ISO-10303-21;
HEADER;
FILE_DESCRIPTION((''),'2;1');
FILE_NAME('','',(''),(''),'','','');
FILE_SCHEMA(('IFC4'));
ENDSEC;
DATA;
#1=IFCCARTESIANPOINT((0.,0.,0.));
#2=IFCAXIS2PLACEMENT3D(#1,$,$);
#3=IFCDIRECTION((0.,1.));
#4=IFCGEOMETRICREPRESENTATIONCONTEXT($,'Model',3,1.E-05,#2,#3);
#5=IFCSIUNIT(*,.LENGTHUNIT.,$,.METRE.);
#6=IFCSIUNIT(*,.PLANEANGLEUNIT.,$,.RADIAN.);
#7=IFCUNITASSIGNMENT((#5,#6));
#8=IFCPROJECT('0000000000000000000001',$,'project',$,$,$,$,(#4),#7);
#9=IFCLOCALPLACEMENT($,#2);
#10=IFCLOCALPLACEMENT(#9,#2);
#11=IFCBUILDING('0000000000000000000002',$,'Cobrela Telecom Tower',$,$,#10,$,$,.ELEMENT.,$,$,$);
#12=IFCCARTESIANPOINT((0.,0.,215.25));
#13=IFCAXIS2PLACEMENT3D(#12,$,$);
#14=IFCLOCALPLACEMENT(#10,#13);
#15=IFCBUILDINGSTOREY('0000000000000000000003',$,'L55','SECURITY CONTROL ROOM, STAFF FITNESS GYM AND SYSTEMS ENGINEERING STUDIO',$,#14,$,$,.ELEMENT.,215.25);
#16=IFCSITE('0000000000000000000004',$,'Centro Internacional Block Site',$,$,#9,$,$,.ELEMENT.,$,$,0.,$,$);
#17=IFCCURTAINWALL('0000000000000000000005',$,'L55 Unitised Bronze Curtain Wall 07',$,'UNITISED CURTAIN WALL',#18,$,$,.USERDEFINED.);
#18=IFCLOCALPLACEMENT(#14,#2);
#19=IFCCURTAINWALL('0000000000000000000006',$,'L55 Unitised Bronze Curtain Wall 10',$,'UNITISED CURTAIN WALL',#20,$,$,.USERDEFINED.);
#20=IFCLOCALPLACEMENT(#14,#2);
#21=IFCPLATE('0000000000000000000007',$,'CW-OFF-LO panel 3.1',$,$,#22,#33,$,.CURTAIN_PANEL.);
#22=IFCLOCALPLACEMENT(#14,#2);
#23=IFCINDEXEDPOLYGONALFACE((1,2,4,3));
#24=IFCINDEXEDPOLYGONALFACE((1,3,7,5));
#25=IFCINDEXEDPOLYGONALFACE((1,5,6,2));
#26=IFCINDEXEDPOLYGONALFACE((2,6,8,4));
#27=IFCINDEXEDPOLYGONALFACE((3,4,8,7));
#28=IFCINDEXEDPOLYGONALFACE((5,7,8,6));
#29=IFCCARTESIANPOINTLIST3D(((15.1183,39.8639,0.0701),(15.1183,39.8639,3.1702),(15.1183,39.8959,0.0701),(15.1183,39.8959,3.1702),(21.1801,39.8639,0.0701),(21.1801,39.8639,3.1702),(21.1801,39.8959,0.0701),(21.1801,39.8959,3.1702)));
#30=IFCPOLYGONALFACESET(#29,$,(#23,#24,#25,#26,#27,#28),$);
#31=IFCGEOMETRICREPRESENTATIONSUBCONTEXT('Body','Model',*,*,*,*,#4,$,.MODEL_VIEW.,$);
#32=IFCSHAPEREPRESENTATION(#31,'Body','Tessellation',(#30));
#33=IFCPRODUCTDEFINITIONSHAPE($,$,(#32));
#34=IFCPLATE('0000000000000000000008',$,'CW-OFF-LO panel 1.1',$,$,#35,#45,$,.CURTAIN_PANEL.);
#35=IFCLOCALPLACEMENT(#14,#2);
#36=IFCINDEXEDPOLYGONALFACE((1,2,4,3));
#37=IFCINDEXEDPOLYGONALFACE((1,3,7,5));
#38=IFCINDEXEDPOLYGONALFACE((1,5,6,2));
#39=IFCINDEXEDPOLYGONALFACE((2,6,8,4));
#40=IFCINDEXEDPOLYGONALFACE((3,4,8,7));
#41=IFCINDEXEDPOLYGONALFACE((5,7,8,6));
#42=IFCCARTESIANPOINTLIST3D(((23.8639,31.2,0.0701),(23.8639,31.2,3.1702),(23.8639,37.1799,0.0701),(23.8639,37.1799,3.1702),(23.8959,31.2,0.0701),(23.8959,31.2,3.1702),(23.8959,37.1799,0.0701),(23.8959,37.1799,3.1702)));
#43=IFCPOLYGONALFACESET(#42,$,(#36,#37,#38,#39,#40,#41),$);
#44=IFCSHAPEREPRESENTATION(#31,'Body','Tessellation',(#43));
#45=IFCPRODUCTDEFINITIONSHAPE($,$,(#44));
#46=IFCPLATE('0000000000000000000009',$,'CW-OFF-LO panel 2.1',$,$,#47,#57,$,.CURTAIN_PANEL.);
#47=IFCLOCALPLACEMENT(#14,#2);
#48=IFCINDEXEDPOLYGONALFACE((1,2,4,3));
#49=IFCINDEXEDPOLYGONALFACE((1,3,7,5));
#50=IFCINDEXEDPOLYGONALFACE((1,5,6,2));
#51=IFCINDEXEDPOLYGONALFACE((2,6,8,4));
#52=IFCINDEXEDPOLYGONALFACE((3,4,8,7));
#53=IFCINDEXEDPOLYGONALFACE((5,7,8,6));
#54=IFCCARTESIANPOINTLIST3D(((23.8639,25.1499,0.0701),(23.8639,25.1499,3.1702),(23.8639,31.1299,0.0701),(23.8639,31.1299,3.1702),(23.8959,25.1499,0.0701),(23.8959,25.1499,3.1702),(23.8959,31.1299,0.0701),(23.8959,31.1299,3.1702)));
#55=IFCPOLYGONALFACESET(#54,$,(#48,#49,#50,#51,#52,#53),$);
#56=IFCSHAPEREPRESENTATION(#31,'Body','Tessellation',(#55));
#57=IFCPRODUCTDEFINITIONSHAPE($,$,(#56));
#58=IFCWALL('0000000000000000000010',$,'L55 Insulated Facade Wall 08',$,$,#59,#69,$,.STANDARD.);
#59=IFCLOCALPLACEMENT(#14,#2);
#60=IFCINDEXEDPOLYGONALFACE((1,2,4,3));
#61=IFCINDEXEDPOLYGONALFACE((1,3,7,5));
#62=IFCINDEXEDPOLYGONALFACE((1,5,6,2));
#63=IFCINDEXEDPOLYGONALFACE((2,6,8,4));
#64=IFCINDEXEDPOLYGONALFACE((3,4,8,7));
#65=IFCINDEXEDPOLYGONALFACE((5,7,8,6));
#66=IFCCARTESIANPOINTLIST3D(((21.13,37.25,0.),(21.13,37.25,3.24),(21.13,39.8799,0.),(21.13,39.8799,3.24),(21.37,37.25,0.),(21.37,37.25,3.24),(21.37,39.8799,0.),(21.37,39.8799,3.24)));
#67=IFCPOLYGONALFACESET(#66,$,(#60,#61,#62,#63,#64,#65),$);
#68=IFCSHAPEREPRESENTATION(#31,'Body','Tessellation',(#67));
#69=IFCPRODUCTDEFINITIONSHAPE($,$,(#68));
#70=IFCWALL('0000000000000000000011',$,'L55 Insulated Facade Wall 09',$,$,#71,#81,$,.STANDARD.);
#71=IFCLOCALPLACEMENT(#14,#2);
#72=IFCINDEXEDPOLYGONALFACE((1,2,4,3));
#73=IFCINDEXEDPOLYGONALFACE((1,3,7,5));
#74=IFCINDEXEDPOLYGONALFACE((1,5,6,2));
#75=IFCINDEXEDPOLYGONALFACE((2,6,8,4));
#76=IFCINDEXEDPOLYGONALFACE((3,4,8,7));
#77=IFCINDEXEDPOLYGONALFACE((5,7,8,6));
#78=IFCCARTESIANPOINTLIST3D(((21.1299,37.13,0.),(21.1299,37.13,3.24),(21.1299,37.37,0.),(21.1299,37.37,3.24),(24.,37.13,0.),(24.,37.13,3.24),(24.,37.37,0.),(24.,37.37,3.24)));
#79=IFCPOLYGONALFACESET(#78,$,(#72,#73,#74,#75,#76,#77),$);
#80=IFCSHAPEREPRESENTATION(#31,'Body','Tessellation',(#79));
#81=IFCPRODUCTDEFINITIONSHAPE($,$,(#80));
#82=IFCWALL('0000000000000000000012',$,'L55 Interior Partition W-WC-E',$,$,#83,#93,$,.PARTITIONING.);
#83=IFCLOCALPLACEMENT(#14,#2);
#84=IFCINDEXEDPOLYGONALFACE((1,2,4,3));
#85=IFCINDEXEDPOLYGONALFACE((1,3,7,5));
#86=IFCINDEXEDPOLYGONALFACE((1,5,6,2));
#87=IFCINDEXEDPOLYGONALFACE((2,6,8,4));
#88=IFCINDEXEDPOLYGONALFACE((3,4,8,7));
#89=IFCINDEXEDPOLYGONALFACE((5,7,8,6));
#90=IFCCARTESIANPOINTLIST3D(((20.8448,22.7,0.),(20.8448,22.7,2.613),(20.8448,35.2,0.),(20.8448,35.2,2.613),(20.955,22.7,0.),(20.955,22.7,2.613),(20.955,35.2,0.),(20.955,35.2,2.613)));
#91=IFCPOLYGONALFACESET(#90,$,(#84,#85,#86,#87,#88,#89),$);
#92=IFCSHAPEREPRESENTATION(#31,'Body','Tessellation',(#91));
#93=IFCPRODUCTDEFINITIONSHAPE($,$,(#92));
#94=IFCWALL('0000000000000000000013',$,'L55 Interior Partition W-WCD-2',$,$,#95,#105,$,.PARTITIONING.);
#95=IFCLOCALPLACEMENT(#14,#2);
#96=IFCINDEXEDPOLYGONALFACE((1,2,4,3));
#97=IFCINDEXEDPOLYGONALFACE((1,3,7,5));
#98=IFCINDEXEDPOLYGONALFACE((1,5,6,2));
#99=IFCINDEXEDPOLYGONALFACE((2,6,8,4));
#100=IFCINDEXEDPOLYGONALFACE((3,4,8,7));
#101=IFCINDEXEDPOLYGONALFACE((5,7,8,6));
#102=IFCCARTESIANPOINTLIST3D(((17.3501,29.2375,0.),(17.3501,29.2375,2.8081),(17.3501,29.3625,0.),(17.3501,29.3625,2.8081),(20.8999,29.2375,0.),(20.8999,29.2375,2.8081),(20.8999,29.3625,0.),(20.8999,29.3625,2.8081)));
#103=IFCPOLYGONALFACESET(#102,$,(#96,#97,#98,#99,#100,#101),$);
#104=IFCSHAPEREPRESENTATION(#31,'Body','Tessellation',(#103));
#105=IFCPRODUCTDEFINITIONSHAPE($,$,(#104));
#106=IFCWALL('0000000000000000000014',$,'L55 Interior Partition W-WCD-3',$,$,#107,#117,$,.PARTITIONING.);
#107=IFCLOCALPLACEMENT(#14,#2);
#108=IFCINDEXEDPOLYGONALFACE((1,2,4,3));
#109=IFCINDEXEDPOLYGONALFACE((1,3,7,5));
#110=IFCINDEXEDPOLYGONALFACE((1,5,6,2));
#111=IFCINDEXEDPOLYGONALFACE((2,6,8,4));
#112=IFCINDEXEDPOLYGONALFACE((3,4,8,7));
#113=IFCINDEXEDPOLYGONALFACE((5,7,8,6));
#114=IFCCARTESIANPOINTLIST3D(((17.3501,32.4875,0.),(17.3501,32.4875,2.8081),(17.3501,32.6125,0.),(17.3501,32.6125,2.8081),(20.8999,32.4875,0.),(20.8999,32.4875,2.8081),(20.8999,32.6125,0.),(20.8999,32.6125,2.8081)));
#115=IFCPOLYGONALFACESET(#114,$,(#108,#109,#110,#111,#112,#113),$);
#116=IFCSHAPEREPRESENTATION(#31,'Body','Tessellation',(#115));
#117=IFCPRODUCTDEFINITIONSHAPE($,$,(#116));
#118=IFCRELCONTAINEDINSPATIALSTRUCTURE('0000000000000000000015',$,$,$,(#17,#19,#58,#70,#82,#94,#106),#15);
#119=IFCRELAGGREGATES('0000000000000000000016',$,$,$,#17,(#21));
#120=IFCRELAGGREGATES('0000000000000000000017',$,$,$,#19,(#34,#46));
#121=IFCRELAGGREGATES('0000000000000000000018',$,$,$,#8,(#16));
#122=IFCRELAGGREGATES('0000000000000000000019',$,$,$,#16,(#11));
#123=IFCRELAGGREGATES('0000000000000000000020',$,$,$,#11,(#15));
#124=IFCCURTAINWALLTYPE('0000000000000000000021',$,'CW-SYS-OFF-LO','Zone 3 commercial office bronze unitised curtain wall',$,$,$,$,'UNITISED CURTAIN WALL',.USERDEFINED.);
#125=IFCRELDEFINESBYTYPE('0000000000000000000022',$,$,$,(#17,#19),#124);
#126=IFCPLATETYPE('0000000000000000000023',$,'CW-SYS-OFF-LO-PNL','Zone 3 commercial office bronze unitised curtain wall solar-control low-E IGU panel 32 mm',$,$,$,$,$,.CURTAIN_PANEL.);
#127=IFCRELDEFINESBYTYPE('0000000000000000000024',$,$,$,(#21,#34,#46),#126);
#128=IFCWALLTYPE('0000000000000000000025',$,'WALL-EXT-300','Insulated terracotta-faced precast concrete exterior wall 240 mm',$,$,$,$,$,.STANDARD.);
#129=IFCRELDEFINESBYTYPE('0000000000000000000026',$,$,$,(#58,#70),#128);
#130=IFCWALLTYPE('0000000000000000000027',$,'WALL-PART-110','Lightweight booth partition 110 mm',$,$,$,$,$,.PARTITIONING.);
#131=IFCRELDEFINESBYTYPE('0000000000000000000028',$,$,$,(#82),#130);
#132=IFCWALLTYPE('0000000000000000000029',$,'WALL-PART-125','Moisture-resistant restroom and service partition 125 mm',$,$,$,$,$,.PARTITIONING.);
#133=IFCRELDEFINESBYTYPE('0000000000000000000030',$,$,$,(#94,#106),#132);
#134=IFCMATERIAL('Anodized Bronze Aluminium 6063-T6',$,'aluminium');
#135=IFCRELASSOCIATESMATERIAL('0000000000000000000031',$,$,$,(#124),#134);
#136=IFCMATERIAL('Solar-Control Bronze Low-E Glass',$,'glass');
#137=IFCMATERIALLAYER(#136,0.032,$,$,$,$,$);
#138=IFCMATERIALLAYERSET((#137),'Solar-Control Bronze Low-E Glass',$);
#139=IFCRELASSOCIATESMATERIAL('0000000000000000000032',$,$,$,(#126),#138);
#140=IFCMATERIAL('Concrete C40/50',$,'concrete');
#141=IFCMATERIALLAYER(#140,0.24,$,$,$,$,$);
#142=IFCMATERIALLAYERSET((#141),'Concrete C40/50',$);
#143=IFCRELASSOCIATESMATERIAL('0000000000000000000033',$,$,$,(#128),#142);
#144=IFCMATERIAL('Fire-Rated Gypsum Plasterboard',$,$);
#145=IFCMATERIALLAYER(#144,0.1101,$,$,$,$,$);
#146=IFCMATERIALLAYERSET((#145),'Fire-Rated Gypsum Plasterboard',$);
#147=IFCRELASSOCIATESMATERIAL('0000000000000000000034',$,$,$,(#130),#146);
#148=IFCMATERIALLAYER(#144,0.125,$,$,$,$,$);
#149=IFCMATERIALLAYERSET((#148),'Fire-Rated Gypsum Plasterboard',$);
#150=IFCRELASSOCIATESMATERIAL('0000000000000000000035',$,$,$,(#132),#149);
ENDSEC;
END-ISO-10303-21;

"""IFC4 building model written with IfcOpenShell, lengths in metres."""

from ifc_helpers import new_model, si_unit, direction, frame, frame_2d, origin, origin_2d, place, context, subcontext, project, spatial, rectangle, extrude, material, layer, layer_set, type_object, element, aggregate, save


model = new_model("IFC4")

# Units and contexts
model_context = context("Model", 3, precision=1e-05, world=origin(), true_north=direction((0.0, 1.0)))
body_context = subcontext(model_context, "Body", "Model", "MODEL_VIEW")
ifc_project = project(units=[si_unit("LENGTHUNIT", "METRE"), si_unit("PLANEANGLEUNIT", "RADIAN")], contexts=[model_context])

# Site, building, storey
site_placement = place(None, origin())
site = spatial("IfcSite", under=ifc_project, at=site_placement, Name="Centro Internacional Block Site", CompositionType="ELEMENT", RefElevation=0.0)
building_placement = place(site_placement, origin())
building = spatial("IfcBuilding", under=site, at=building_placement, Name="Cobrela Telecom Tower", CompositionType="ELEMENT")
storey_placement = place(building_placement, frame((0.0, 0.0, 215.25)))
storey = spatial("IfcBuildingStorey", under=building, at=storey_placement, Name="L55", Description="SECURITY CONTROL ROOM, STAFF FITNESS GYM AND SYSTEMS ENGINEERING STUDIO", CompositionType="ELEMENT", Elevation=215.25)

# Curtain wall
ifc_material_1 = material(Name="Anodized Bronze Aluminium 6063-T6", Category="aluminium")
curtain_wall_type = type_object("IfcCurtainWallType", Name="CW-SYS-OFF-LO", Description="Zone 3 commercial office bronze unitised curtain wall", ElementType="UNITISED CURTAIN WALL", PredefinedType="USERDEFINED", material=ifc_material_1)
curtain_wall_1_placement = place(storey_placement, origin())
curtain_wall_1 = element("IfcCurtainWall", 1, at=curtain_wall_1_placement, inside=storey, type_object=curtain_wall_type, Name="L55 Unitised Bronze Curtain Wall 07", ObjectType="UNITISED CURTAIN WALL", PredefinedType="USERDEFINED")

# Curtain wall
curtain_wall_2_placement = place(storey_placement, origin())
curtain_wall_2 = element("IfcCurtainWall", 2, at=curtain_wall_2_placement, inside=storey, type_object=curtain_wall_type, Name="L55 Unitised Bronze Curtain Wall 10", ObjectType="UNITISED CURTAIN WALL", PredefinedType="USERDEFINED")

# Plates
ifc_material_2 = material(Name="Solar-Control Bronze Low-E Glass", Category="glass")
ifc_layer_1 = layer(ifc_material_2, 0.032)
ifc_layer_set_1 = layer_set([ifc_layer_1], Name="Solar-Control Bronze Low-E Glass")
plate_type = type_object("IfcPlateType", Name="CW-SYS-OFF-LO-PNL", Description="Zone 3 commercial office bronze unitised curtain wall solar-control low-E IGU panel 32 mm", PredefinedType="CURTAIN_PANEL", material=ifc_layer_set_1)
plate_1_placement = place(storey_placement, frame((18.1492, 39.8799, 0.0701), z_axis=(0.0, 0.0, 1.0), x_axis=(1.0, 0.0, 0.0)))
plate_1 = element("IfcPlate", 3, at=plate_1_placement, type_object=plate_type, Name="CW-OFF-LO panel 3.1", PredefinedType="CURTAIN_PANEL", context=body_context, shape_type="SweptSolid", body=[
    extrude(rectangle(XDim=6.0618, YDim=0.032, at=origin_2d()), origin(), (0.0, 0.0, 1.0), 3.1001),
])
aggregate(curtain_wall_1, [plate_1])
plate_2_placement = place(storey_placement, frame((23.8799, 34.1899, 0.0701), z_axis=(0.0, 0.0, 1.0), x_axis=(0.0, -1.0, 0.0)))
plate_2 = element("IfcPlate", 4, at=plate_2_placement, type_object=plate_type, Name="CW-OFF-LO panel 1.1", PredefinedType="CURTAIN_PANEL", context=body_context, shape_type="SweptSolid", body=[
    extrude(rectangle(XDim=5.98, YDim=0.032, at=origin_2d()), origin(), (0.0, 0.0, 1.0), 3.1001),
])
plate_3_placement = place(storey_placement, frame((23.8799, 28.1399, 0.0701), z_axis=(0.0, 0.0, 1.0), x_axis=(0.0, -1.0, 0.0)))
plate_3 = element("IfcPlate", 5, at=plate_3_placement, type_object=plate_type, Name="CW-OFF-LO panel 2.1", PredefinedType="CURTAIN_PANEL", context=body_context, shape_type="SweptSolid", body=[
    extrude(rectangle(XDim=5.98, YDim=0.032, at=origin_2d()), origin(), (0.0, 0.0, 1.0), 3.1001),
])
aggregate(curtain_wall_2, [plate_2, plate_3])

# Walls
ifc_material_3 = material(Name="Concrete C40/50", Category="concrete")
ifc_layer_2 = layer(ifc_material_3, 0.24)
ifc_layer_set_2 = layer_set([ifc_layer_2], Name="Concrete C40/50")
wall_type_1 = type_object("IfcWallType", Name="WALL-EXT-300", Description="Insulated terracotta-faced precast concrete exterior wall 240 mm", PredefinedType="STANDARD", material=ifc_layer_set_2)
wall_1_placement = place(storey_placement, frame((21.25, 39.8799, 0.0), z_axis=(0.0, 0.0, 1.0), x_axis=(0.0, -1.0, 0.0)))
element("IfcWall", 6, at=wall_1_placement, inside=storey, type_object=wall_type_1, Name="L55 Insulated Facade Wall 08", PredefinedType="STANDARD", context=body_context, shape_type="SweptSolid", body=[
    extrude(rectangle(XDim=2.6299, YDim=0.24, at=frame_2d((1.3149, 0.0))), origin(), (0.0, 0.0, 1.0), 3.24),
])
wall_2_placement = place(storey_placement, frame((21.1299, 37.25, 0.0), z_axis=(0.0, 0.0, 1.0), x_axis=(1.0, 0.0, 0.0)))
element("IfcWall", 7, at=wall_2_placement, inside=storey, type_object=wall_type_1, Name="L55 Insulated Facade Wall 09", PredefinedType="STANDARD", context=body_context, shape_type="SweptSolid", body=[
    extrude(rectangle(XDim=2.8701, YDim=0.24, at=frame_2d((1.4351, 0.0))), origin(), (0.0, 0.0, 1.0), 3.24),
])
ifc_material_4 = material(Name="Fire-Rated Gypsum Plasterboard")
ifc_layer_3 = layer(ifc_material_4, 0.1101)
ifc_layer_set_3 = layer_set([ifc_layer_3], Name="Fire-Rated Gypsum Plasterboard")
wall_type_2 = type_object("IfcWallType", Name="WALL-PART-110", Description="Lightweight booth partition 110 mm", PredefinedType="PARTITIONING", material=ifc_layer_set_3)
wall_3_placement = place(storey_placement, frame((20.8999, 22.7, 0.0), z_axis=(0.0, 0.0, 1.0), x_axis=(0.0, 1.0, 0.0)))
element("IfcWall", 8, at=wall_3_placement, inside=storey, type_object=wall_type_2, Name="L55 Interior Partition W-WC-E", PredefinedType="PARTITIONING", context=body_context, shape_type="SweptSolid", body=[
    extrude(rectangle(XDim=12.5, YDim=0.1101, at=frame_2d((6.25, 0.0))), origin(), (0.0, 0.0, 1.0), 2.613),
])
ifc_layer_4 = layer(ifc_material_4, 0.125)
ifc_layer_set_4 = layer_set([ifc_layer_4], Name="Fire-Rated Gypsum Plasterboard")
wall_type_3 = type_object("IfcWallType", Name="WALL-PART-125", Description="Moisture-resistant restroom and service partition 125 mm", PredefinedType="PARTITIONING", material=ifc_layer_set_4)
for number, where, z_axis, x_axis, name in (
    (9, (17.3501, 29.3, 0.0), (0.0, 0.0, 1.0), (1.0, 0.0, 0.0), "L55 Interior Partition W-WCD-2"),
    (10, (17.3501, 32.55, 0.0), (0.0, 0.0, 1.0), (1.0, 0.0, 0.0), "L55 Interior Partition W-WCD-3"),
):
    element("IfcWall", number, at=place(storey_placement, frame(where, z_axis=z_axis, x_axis=x_axis)), inside=storey, type_object=wall_type_3, Name=name, PredefinedType="PARTITIONING", context=body_context, shape_type="SweptSolid", body=[
        extrude(rectangle(XDim=3.5498, YDim=0.125, at=frame_2d((1.7749, 0.0))), origin(), (0.0, 0.0, 1.0), 2.8081),
    ])

save(model, "model.ifc")
